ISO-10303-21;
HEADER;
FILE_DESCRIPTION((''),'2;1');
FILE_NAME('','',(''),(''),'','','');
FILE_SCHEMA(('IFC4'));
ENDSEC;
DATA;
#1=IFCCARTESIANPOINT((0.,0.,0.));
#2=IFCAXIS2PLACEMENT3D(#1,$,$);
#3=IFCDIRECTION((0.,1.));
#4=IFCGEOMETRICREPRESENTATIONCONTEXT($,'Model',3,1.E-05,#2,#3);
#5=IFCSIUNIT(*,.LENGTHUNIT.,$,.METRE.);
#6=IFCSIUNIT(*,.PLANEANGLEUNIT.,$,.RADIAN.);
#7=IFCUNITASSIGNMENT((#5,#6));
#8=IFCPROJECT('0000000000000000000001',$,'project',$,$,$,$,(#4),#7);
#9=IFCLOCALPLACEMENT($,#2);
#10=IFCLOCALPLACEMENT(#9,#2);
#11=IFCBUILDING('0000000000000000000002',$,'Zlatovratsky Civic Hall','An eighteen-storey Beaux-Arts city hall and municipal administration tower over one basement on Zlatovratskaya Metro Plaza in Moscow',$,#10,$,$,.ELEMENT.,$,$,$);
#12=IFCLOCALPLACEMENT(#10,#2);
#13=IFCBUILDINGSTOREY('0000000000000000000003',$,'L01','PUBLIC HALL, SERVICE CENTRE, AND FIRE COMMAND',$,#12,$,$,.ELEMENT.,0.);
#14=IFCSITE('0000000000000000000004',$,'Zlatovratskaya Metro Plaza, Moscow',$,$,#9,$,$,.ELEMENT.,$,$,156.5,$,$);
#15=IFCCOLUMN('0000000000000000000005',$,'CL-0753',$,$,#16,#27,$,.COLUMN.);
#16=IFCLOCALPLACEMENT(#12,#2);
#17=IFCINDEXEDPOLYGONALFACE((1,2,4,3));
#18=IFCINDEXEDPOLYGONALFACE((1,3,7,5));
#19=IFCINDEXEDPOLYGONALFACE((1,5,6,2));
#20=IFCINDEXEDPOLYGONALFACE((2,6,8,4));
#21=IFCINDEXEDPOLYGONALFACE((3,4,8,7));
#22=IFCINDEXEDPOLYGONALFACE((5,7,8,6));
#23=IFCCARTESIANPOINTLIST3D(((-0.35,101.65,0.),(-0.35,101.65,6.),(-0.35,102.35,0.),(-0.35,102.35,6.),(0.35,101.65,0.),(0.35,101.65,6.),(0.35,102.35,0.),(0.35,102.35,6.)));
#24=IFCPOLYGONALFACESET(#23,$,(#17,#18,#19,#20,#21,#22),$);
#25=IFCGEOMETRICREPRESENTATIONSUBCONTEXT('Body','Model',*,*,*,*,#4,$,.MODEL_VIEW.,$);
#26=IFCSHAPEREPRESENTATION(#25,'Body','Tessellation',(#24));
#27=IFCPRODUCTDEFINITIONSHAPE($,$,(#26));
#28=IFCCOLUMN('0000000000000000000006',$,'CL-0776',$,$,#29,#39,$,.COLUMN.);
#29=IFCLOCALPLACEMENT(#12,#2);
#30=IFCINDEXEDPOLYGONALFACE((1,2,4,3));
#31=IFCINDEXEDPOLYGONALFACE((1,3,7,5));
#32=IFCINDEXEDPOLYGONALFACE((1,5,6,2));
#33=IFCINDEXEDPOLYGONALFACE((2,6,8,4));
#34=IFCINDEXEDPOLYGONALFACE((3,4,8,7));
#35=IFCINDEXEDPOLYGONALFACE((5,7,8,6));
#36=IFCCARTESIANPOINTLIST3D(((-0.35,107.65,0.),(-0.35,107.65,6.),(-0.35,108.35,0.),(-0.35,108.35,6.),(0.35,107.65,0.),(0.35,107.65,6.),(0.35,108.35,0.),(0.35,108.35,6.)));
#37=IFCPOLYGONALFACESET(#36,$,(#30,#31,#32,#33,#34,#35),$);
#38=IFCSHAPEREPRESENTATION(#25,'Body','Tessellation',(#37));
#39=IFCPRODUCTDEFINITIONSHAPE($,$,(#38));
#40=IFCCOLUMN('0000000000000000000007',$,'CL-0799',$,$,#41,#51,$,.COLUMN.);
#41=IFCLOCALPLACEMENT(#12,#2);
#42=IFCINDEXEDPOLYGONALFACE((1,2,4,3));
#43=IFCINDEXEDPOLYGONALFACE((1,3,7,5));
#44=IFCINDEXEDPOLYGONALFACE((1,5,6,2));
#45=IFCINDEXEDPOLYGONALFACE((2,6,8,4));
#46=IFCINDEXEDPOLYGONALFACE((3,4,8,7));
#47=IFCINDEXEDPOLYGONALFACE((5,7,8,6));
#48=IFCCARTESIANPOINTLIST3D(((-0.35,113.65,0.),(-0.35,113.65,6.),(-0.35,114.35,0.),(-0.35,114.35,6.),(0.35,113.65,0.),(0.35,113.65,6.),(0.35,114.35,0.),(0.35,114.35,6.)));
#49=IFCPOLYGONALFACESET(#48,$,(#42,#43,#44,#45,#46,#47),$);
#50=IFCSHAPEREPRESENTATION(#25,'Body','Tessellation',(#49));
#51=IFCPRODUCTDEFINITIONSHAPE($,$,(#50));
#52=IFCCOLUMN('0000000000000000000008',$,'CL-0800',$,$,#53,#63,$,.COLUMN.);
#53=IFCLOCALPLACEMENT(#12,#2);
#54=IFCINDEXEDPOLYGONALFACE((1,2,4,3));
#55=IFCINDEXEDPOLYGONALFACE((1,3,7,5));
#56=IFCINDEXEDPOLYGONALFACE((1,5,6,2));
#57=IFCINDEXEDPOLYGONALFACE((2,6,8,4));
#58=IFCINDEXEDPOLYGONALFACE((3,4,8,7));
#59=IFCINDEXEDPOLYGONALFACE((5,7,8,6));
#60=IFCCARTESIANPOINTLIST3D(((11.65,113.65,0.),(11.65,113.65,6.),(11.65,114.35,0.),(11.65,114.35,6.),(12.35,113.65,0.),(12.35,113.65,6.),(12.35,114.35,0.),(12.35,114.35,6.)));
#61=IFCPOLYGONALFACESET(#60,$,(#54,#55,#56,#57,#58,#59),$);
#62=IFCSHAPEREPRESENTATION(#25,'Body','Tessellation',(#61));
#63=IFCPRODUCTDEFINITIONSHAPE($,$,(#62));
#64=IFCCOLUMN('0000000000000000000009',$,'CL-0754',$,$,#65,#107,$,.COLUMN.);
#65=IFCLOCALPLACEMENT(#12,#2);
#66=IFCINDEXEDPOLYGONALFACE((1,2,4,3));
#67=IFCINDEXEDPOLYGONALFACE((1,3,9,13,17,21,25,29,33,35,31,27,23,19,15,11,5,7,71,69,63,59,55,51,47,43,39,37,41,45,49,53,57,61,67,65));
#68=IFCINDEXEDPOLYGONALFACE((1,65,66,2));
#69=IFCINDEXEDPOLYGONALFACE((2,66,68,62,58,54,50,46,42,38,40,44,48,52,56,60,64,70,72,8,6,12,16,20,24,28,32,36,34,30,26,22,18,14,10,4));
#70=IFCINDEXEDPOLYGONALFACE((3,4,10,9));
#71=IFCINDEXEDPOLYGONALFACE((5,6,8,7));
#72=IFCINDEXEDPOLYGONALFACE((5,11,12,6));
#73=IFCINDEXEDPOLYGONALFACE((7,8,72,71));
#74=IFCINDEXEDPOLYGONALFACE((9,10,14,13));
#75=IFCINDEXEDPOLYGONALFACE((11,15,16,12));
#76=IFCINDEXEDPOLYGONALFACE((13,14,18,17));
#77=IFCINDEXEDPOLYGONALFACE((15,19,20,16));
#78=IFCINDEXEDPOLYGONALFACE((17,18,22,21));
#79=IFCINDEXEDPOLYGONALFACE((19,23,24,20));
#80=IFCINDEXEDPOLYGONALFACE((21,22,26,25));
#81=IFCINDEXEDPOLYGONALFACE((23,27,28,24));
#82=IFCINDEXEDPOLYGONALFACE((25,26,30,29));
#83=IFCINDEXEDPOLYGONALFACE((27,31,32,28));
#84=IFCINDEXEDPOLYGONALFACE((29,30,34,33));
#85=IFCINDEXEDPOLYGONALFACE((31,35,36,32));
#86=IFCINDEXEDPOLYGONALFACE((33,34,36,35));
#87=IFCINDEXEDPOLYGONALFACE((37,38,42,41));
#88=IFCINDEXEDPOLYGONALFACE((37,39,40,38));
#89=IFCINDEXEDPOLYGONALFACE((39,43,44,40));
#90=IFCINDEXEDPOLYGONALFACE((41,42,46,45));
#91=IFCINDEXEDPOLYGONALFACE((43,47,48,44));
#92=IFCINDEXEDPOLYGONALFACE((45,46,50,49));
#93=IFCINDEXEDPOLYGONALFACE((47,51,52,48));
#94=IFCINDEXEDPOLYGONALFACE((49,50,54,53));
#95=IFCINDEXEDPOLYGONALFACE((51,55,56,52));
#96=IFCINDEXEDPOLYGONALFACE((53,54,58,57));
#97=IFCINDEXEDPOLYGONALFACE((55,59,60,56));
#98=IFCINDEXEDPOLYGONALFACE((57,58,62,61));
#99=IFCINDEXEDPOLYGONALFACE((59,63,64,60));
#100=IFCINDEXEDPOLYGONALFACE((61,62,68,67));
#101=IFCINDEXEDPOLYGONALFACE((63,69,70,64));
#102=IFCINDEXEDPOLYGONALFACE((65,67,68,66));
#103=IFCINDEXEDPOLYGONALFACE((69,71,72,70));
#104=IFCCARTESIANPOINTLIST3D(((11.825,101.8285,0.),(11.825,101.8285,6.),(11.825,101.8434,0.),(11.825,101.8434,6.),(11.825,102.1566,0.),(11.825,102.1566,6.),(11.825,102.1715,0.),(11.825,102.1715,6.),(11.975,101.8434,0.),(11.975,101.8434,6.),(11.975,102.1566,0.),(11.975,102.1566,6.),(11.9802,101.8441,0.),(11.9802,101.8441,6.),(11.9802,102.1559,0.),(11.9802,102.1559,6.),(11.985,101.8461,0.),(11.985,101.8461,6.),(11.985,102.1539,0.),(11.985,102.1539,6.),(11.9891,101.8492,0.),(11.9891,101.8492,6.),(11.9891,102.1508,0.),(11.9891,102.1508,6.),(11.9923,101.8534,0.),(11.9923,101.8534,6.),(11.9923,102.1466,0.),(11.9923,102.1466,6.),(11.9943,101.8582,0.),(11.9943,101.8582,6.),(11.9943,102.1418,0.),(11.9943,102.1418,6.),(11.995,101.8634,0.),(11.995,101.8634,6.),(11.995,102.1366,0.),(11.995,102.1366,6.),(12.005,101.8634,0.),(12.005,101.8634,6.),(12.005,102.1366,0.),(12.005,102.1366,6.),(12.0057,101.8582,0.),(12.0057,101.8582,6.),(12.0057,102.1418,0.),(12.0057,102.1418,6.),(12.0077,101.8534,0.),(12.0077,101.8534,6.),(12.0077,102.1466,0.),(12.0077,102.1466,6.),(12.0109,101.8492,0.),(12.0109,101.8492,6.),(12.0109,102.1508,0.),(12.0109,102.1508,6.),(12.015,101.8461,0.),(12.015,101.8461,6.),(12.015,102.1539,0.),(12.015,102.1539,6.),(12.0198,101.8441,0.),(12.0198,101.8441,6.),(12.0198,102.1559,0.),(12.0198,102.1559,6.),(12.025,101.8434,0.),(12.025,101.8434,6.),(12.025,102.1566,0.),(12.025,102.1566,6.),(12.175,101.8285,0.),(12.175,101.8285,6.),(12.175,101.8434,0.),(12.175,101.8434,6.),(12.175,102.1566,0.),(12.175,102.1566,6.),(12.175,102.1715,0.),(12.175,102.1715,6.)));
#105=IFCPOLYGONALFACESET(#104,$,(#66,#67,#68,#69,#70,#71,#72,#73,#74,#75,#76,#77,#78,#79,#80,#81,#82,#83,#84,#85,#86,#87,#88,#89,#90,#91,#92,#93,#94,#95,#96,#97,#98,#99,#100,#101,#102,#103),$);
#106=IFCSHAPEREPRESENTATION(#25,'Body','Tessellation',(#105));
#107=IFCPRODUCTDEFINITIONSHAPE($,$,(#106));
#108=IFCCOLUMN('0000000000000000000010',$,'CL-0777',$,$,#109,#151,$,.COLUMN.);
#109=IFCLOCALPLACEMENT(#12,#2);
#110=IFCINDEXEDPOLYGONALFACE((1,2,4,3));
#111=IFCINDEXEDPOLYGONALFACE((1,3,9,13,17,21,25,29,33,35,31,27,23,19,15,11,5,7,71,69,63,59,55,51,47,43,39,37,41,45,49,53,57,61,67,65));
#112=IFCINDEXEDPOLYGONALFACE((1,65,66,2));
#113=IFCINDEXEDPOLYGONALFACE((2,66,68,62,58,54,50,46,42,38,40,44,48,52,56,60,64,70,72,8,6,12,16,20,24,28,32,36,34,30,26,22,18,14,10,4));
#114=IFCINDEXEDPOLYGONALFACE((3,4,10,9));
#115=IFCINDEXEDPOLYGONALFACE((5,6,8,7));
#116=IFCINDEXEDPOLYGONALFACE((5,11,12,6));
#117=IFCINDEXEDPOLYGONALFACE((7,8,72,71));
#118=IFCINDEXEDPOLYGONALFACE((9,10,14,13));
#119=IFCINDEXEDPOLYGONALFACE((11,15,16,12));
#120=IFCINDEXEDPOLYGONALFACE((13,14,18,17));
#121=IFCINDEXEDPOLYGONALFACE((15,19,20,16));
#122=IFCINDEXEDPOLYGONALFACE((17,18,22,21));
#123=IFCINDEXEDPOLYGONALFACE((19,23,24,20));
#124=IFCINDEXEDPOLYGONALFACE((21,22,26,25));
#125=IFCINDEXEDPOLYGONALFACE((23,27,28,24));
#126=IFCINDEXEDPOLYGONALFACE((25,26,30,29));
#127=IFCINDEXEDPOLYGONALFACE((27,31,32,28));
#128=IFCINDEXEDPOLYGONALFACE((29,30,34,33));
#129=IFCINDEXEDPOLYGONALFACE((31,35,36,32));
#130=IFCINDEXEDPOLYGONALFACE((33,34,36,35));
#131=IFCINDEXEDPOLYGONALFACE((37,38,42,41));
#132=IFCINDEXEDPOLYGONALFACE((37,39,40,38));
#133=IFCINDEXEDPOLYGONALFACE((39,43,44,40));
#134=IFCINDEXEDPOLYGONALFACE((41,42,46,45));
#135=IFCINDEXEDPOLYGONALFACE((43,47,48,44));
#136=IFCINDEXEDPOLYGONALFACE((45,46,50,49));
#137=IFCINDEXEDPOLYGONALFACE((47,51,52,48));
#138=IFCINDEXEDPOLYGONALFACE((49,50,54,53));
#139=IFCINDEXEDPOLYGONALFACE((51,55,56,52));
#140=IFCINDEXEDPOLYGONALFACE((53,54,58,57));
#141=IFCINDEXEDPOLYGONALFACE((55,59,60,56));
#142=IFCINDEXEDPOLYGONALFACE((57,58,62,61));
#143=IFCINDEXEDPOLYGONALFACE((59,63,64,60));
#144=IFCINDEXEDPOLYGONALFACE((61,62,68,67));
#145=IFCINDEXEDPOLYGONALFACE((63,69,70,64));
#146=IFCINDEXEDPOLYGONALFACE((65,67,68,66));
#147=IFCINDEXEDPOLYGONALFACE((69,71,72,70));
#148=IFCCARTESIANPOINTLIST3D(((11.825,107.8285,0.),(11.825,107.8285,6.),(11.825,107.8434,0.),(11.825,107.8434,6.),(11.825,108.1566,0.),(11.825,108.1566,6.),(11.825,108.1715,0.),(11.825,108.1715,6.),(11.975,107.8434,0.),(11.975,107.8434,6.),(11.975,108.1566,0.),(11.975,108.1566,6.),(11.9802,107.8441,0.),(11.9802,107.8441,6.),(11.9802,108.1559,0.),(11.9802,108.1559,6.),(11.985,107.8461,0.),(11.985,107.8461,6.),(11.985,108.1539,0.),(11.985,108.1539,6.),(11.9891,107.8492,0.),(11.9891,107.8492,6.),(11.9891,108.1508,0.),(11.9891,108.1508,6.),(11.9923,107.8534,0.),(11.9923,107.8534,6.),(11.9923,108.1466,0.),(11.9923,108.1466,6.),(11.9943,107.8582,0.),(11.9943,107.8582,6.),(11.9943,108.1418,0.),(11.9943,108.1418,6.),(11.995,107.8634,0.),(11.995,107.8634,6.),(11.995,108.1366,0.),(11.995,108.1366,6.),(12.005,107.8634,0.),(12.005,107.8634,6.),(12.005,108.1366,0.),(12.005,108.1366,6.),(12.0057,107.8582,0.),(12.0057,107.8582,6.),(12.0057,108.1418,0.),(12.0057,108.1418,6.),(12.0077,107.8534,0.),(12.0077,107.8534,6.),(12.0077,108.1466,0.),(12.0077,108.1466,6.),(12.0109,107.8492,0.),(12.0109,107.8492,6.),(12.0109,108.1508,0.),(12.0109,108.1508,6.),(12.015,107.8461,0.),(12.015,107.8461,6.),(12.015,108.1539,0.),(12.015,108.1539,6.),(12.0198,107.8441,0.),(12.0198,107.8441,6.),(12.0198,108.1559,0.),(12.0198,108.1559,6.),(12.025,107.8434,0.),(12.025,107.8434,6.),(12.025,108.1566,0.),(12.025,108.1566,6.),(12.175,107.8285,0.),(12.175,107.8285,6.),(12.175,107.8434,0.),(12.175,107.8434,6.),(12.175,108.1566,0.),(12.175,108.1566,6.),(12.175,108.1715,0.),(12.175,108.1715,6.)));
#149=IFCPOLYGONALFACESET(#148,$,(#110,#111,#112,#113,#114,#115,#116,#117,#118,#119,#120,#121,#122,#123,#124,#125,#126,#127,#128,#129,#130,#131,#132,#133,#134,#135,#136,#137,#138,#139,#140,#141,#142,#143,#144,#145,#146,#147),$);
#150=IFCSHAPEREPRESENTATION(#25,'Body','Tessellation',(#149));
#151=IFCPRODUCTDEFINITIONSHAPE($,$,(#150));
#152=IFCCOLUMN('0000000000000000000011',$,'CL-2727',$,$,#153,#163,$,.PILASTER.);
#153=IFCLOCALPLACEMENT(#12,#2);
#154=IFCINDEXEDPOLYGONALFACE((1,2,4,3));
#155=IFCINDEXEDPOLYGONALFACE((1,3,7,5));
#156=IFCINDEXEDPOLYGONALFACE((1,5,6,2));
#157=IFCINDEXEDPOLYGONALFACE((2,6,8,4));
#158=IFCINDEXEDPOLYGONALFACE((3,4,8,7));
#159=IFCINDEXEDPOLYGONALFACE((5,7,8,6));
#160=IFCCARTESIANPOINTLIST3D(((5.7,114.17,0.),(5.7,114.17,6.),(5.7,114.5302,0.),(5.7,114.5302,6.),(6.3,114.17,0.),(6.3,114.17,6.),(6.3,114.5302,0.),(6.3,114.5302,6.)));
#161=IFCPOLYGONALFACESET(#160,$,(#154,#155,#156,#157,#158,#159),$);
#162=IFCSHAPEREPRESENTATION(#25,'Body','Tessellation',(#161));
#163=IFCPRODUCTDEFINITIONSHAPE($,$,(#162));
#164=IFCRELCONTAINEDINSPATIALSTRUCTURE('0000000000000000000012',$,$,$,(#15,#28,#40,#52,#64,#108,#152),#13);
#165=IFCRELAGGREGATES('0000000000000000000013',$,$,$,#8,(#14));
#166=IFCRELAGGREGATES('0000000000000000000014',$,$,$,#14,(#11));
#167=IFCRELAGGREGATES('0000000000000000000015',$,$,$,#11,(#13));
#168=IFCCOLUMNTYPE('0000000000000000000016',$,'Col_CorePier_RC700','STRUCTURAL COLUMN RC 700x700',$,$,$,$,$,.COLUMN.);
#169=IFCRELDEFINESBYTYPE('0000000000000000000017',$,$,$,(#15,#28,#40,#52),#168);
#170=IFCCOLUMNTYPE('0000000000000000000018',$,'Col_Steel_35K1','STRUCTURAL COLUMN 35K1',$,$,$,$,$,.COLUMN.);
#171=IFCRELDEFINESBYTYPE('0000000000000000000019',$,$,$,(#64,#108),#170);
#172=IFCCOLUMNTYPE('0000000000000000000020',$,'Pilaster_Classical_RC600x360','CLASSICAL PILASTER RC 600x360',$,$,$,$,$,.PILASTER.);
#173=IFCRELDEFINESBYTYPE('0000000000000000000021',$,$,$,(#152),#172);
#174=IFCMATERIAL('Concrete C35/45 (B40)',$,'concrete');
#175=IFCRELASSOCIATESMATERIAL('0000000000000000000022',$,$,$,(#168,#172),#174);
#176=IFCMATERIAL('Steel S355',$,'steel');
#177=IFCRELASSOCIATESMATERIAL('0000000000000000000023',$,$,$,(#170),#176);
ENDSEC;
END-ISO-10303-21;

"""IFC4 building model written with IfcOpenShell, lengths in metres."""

from ifc_helpers import new_model, si_unit, direction, frame, origin, origin_2d, place, context, subcontext, project, spatial, rectangle, i_section, extrude, material, material_profile, profile_set, type_object, element, save


model = new_model("IFC4")

# Units and contexts
model_context = context("Model", 3, precision=1e-05, world=origin(), true_north=direction((0.0, 1.0)))
body_context = subcontext(model_context, "Body", "Model", "MODEL_VIEW")
ifc_project = project(units=[si_unit("LENGTHUNIT", "METRE"), si_unit("PLANEANGLEUNIT", "RADIAN")], contexts=[model_context])

# Site, building, storey
site_placement = place(None, origin())
site = spatial("IfcSite", under=ifc_project, at=site_placement, Name="Zlatovratskaya Metro Plaza, Moscow", CompositionType="ELEMENT", RefElevation=156.5)
building_placement = place(site_placement, origin())
building = spatial("IfcBuilding", under=site, at=building_placement, Name="Zlatovratsky Civic Hall", Description="An eighteen-storey Beaux-Arts city hall and municipal administration tower over one basement on Zlatovratskaya Metro Plaza in Moscow", CompositionType="ELEMENT")
storey_placement = place(building_placement, origin())
storey = spatial("IfcBuildingStorey", under=building, at=storey_placement, Name="L01", Description="PUBLIC HALL, SERVICE CENTRE, AND FIRE COMMAND", CompositionType="ELEMENT", Elevation=0.0)

# Columns
ifc_material_1 = material(Name="Concrete C35/45 (B40)", Category="concrete")
ifc_material_profile_1 = material_profile(ifc_material_1, rectangle(XDim=0.7, YDim=0.7, at=origin_2d()), Name="RC 700x700")
ifc_profile_set_1 = profile_set([ifc_material_profile_1], Name="Concrete C35/45 (B40)")
column_type_1 = type_object("IfcColumnType", Name="Col_CorePier_RC700", Description="STRUCTURAL COLUMN RC 700x700", PredefinedType="COLUMN", material=ifc_profile_set_1)
for number, where, z_axis, x_axis, name in (
    (1, (0.0, 102.0, 0.0), (0.0, 0.0, 1.0), (1.0, 0.0, 0.0), "CL-0753"),
    (2, (0.0, 108.0, 0.0), (0.0, 0.0, 1.0), (1.0, 0.0, 0.0), "CL-0776"),
    (3, (0.0, 114.0, 0.0), (0.0, 0.0, 1.0), (1.0, 0.0, 0.0), "CL-0799"),
    (4, (12.0, 114.0, 0.0), (0.0, 0.0, 1.0), (1.0, 0.0, 0.0), "CL-0800"),
):
    element("IfcColumn", number, at=place(storey_placement, frame(where, z_axis=z_axis, x_axis=x_axis)), inside=storey, type_object=column_type_1, Name=name, PredefinedType="COLUMN", context=body_context, shape_type="SweptSolid", body=[
        extrude(rectangle(XDim=0.7, YDim=0.7, at=origin_2d()), origin(), (0.0, 0.0, 1.0), 6.0),
    ])
ifc_material_2 = material(Name="Steel S355", Category="steel")
ifc_material_profile_2 = material_profile(ifc_material_2, i_section(OverallWidth=0.3501, OverallDepth=0.343, WebThickness=0.01, FlangeThickness=0.0149, FilletRadius=0.02, at=origin_2d()), Name="35K1")
ifc_profile_set_2 = profile_set([ifc_material_profile_2], Name="Steel S355")
column_type_2 = type_object("IfcColumnType", Name="Col_Steel_35K1", Description="STRUCTURAL COLUMN 35K1", PredefinedType="COLUMN", material=ifc_profile_set_2)
for number, where, z_axis, x_axis, name in (
    (5, (12.0, 102.0, 0.0), (0.0, 0.0, 1.0), (1.0, 0.0, 0.0), "CL-0754"),
    (6, (12.0, 108.0, 0.0), (0.0, 0.0, 1.0), (1.0, 0.0, 0.0), "CL-0777"),
):
    element("IfcColumn", number, at=place(storey_placement, frame(where, z_axis=z_axis, x_axis=x_axis)), inside=storey, type_object=column_type_2, Name=name, PredefinedType="COLUMN", context=body_context, shape_type="SweptSolid", body=[
        extrude(i_section(OverallWidth=0.3501, OverallDepth=0.343, WebThickness=0.01, FlangeThickness=0.0149, FilletRadius=0.02, at=origin_2d()), origin(), (0.0, 0.0, 1.0), 6.0),
    ])
ifc_material_profile_3 = material_profile(ifc_material_1, rectangle(XDim=0.6001, YDim=0.3601, at=origin_2d()), Name="RC 600x360")
ifc_profile_set_3 = profile_set([ifc_material_profile_3], Name="Concrete C35/45 (B40)")
column_type_3 = type_object("IfcColumnType", Name="Pilaster_Classical_RC600x360", Description="CLASSICAL PILASTER RC 600x360", PredefinedType="PILASTER", material=ifc_profile_set_3)
column_placement = place(storey_placement, frame((6.0, 114.3501, 0.0), z_axis=(0.0, 0.0, 1.0), x_axis=(1.0, 0.0, 0.0)))
element("IfcColumn", 7, at=column_placement, inside=storey, type_object=column_type_3, Name="CL-2727", PredefinedType="PILASTER", context=body_context, shape_type="SweptSolid", body=[
    extrude(rectangle(XDim=0.6001, YDim=0.3601, at=origin_2d()), origin(), (0.0, 0.0, 1.0), 6.0),
])

save(model, "model.ifc")
